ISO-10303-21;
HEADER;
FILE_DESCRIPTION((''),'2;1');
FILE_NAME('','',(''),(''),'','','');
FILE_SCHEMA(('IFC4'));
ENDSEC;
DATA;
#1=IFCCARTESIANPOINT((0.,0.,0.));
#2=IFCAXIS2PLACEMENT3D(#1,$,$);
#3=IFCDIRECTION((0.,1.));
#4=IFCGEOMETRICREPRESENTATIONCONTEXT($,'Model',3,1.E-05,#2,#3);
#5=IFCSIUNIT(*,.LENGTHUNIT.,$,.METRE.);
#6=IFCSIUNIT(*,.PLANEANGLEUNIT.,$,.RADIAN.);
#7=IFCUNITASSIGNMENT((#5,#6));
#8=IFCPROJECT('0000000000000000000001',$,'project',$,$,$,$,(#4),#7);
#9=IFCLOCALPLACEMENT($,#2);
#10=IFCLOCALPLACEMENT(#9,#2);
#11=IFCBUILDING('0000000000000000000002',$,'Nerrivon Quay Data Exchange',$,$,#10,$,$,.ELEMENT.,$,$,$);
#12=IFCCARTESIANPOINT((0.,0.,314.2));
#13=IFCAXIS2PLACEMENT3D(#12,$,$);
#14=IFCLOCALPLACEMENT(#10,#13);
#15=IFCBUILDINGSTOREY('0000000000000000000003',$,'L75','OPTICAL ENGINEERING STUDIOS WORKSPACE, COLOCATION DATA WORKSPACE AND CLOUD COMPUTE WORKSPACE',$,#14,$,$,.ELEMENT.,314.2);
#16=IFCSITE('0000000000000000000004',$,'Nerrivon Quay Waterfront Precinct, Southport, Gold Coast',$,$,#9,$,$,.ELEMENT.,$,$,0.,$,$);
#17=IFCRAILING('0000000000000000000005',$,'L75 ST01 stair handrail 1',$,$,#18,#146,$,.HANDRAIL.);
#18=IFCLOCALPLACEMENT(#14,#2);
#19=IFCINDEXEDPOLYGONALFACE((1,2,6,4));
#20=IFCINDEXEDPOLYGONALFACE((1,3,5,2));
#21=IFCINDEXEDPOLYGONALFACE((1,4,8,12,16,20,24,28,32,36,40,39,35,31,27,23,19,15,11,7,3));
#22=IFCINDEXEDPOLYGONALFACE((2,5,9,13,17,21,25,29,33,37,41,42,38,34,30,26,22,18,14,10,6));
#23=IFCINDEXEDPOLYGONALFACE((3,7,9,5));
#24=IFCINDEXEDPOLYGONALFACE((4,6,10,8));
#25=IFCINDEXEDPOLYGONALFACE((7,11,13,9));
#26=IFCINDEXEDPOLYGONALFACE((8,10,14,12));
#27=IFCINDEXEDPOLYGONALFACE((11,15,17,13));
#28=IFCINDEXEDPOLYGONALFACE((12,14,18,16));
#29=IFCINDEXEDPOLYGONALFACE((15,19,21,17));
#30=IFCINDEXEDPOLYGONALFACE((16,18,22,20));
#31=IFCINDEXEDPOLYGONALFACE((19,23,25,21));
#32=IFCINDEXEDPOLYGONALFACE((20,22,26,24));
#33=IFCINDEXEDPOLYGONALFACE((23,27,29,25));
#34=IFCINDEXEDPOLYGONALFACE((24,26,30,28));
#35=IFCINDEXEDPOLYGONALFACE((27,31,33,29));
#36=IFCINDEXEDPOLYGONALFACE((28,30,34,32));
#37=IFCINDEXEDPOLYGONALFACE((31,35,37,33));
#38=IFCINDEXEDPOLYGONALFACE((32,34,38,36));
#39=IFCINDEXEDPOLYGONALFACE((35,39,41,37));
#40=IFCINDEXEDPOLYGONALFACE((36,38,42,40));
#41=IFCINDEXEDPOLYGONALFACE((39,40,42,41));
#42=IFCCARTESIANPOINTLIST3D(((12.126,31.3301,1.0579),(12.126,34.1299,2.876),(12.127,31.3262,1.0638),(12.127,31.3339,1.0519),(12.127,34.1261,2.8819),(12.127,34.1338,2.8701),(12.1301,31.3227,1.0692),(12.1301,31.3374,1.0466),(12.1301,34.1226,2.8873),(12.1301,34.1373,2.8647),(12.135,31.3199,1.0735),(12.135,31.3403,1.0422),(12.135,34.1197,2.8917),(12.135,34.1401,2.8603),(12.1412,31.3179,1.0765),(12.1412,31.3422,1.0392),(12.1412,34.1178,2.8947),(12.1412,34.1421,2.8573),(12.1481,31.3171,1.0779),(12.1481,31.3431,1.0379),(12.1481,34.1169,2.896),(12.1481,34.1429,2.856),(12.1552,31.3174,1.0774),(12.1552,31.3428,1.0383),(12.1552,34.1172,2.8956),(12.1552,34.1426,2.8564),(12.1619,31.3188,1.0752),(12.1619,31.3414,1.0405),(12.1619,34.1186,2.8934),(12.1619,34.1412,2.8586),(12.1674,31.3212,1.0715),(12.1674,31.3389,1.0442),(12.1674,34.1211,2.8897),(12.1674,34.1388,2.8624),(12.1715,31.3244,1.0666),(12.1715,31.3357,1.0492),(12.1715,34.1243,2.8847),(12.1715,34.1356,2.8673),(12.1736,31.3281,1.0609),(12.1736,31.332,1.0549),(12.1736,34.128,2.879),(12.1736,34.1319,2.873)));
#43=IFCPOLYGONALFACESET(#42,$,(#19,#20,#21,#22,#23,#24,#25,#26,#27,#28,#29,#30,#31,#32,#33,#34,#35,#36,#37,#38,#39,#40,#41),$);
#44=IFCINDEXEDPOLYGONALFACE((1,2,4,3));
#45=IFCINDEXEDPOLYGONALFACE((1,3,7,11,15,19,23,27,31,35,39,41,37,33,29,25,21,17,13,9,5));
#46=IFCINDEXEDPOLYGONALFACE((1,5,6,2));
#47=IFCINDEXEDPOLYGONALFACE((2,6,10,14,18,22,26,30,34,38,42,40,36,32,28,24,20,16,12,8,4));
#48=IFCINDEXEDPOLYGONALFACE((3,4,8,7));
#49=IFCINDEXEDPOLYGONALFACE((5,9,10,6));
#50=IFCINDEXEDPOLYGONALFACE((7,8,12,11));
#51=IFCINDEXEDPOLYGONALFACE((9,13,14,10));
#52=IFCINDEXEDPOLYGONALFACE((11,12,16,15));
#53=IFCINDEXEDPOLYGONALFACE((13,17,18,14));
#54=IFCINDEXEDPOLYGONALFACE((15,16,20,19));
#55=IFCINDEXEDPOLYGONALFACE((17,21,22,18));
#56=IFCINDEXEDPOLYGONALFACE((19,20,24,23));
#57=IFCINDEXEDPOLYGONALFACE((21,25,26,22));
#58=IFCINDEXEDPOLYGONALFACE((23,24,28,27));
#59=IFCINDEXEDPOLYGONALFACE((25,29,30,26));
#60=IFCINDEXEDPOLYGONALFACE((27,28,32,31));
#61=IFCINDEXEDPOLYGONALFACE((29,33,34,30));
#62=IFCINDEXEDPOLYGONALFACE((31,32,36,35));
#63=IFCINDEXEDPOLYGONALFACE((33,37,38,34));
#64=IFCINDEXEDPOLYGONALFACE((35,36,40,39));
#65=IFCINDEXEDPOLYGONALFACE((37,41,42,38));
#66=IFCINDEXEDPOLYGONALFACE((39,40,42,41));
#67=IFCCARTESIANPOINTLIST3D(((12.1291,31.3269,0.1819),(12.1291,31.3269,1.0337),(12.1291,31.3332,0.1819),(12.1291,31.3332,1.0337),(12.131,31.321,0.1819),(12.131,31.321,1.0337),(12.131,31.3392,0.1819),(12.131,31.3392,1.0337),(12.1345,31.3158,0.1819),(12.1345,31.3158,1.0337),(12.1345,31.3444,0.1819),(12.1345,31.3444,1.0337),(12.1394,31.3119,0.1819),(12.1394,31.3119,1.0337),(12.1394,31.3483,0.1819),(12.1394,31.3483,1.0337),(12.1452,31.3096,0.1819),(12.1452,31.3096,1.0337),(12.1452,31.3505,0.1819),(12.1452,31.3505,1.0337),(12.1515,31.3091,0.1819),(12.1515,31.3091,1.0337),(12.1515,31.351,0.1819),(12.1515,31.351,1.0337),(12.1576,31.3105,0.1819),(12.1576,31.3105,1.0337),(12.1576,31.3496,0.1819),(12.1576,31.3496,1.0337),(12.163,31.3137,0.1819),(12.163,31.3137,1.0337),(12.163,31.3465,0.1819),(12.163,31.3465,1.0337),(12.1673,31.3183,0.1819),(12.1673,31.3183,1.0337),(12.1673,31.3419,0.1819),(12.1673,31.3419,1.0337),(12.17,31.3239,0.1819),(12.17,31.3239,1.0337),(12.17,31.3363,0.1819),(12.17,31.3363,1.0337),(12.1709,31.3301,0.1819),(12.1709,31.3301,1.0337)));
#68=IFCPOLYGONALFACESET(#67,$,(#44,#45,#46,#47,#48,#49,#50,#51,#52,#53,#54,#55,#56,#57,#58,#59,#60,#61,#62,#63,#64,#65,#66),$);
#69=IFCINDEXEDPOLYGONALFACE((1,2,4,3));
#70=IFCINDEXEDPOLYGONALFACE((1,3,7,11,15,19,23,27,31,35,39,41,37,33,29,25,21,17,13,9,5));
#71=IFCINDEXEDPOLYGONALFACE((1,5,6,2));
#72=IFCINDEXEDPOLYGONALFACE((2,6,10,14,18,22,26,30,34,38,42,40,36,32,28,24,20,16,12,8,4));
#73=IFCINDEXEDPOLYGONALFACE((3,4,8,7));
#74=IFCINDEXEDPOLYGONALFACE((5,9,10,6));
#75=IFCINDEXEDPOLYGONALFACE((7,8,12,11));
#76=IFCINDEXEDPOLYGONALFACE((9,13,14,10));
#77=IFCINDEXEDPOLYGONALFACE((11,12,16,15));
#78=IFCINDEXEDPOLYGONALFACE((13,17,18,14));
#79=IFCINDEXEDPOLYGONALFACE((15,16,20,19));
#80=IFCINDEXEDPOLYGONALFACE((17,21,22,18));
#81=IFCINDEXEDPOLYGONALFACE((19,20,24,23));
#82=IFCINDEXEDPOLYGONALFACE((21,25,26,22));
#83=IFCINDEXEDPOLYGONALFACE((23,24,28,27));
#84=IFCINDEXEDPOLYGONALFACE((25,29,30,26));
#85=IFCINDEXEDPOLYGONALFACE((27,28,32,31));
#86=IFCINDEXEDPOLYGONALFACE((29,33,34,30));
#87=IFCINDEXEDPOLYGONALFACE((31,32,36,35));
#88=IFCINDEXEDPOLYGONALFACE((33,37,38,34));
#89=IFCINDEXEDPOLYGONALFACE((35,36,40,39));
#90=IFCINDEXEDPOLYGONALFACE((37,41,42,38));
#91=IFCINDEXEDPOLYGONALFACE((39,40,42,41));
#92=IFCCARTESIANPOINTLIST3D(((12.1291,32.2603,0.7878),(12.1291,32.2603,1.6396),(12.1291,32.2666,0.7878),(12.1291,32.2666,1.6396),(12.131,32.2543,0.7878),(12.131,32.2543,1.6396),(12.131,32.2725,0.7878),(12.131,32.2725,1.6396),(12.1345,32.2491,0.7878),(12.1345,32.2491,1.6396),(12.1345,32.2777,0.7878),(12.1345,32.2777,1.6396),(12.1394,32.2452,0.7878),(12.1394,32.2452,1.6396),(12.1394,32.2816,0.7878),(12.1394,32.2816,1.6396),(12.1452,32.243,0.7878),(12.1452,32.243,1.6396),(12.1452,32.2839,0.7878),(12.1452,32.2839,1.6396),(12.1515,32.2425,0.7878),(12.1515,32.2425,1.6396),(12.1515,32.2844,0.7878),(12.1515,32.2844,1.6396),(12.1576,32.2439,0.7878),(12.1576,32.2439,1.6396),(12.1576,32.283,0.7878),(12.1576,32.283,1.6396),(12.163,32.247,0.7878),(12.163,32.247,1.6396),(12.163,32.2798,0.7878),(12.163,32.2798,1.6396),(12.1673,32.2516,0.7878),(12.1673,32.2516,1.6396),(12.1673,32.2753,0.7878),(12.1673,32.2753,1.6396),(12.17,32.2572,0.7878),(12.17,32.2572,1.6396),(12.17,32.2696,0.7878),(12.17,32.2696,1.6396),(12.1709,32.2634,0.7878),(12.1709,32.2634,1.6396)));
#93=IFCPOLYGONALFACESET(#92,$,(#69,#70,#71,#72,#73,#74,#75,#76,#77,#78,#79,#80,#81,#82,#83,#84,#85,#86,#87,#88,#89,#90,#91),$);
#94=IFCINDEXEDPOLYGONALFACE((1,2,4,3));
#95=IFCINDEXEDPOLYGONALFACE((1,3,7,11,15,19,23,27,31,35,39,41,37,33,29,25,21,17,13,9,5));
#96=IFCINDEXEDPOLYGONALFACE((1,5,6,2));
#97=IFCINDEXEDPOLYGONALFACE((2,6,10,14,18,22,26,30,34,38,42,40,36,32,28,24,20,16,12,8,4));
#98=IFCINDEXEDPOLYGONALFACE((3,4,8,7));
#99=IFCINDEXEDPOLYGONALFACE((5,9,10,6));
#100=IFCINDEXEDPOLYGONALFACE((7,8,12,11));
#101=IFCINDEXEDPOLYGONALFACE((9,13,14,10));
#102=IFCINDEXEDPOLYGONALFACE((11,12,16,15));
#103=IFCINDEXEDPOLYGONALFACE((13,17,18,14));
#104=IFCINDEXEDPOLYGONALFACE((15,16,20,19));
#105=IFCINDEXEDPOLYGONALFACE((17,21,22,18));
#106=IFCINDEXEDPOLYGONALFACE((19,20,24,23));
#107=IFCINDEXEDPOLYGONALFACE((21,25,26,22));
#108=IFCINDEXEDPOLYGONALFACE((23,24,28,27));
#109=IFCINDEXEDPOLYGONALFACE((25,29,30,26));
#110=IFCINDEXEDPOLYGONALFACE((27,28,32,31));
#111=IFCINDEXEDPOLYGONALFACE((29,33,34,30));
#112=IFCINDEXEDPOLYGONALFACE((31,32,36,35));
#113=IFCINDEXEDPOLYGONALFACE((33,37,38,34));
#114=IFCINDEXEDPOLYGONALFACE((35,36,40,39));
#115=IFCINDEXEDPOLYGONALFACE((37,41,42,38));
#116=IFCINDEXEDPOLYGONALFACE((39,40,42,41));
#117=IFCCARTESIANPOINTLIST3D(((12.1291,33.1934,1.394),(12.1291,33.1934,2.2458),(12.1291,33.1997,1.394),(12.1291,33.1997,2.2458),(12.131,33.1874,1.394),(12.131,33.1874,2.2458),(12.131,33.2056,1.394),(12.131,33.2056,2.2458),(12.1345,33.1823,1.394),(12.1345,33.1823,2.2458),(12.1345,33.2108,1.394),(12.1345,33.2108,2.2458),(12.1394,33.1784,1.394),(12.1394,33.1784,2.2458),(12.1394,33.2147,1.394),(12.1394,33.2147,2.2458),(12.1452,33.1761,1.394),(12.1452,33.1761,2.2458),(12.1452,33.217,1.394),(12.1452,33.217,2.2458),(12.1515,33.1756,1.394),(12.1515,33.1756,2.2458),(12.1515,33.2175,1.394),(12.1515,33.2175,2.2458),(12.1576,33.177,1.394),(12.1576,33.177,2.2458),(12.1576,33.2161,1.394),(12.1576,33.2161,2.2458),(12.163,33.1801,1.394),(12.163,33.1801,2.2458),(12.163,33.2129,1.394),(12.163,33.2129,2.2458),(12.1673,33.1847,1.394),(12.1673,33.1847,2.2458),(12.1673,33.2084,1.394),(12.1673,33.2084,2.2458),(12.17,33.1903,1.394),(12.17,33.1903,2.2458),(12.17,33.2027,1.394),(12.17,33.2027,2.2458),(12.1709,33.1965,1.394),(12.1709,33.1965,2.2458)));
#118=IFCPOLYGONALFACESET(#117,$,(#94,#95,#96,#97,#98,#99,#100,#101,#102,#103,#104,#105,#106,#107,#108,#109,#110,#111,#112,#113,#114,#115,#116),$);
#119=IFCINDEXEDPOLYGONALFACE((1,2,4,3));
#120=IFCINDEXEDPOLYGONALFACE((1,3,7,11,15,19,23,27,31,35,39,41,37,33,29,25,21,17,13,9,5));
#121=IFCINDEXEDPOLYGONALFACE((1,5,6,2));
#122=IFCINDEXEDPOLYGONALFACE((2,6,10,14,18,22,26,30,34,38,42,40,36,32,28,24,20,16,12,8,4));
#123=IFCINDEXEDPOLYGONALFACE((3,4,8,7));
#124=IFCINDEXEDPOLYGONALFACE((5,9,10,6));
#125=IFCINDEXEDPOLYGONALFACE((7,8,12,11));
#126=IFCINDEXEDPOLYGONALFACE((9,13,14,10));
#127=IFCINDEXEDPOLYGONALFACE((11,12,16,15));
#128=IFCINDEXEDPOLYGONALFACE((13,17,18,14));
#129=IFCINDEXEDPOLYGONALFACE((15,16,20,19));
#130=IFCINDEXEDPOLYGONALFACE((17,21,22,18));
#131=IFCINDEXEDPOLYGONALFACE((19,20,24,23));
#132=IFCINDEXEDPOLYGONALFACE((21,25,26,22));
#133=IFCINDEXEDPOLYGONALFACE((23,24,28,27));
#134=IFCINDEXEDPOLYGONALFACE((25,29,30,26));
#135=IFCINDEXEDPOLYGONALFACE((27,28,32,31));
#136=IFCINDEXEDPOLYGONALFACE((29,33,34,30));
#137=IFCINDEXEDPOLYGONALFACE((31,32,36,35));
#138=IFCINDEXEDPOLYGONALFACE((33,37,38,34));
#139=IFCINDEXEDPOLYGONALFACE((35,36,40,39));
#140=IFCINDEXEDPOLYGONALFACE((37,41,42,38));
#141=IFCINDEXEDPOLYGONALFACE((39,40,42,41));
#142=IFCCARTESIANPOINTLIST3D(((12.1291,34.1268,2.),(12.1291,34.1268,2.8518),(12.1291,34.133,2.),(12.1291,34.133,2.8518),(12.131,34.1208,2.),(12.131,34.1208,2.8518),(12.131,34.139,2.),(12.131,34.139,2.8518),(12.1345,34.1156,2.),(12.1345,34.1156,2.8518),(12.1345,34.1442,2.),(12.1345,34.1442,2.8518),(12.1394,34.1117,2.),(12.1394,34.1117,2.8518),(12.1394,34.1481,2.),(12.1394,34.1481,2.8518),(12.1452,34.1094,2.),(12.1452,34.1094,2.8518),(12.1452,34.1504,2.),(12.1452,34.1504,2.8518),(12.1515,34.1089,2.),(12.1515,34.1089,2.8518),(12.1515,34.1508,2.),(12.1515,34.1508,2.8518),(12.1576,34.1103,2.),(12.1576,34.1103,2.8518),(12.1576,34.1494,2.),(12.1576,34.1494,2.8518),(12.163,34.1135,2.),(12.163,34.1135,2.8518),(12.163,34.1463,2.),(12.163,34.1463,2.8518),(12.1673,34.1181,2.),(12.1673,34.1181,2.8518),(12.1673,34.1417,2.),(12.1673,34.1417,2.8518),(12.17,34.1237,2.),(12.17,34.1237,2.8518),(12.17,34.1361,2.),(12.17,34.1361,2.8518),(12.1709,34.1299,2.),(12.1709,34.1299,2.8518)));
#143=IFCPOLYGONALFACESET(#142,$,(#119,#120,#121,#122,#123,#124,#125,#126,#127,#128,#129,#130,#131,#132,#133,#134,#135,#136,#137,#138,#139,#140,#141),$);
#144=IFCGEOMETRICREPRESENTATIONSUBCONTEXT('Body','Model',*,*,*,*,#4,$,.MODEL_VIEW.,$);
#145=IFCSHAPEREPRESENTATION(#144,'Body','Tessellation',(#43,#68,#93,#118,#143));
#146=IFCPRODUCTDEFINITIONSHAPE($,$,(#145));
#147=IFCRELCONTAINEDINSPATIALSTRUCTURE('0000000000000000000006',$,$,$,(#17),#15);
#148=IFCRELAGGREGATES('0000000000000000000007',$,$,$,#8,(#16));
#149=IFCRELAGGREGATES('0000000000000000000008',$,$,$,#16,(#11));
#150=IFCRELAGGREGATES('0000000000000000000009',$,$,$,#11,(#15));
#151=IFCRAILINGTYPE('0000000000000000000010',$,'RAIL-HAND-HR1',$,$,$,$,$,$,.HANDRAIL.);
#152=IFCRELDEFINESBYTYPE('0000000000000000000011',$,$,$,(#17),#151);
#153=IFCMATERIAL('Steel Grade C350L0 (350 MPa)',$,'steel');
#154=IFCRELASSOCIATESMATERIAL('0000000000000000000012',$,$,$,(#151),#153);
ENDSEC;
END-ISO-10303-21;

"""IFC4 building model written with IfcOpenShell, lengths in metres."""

from ifc_helpers import new_model, si_unit, direction, frame, origin, origin_2d, place, context, subcontext, project, spatial, circle, extrude, material, type_object, element, save


model = new_model("IFC4")

# Units and contexts
model_context = context("Model", 3, precision=1e-05, world=origin(), true_north=direction((0.0, 1.0)))
body_context = subcontext(model_context, "Body", "Model", "MODEL_VIEW")
ifc_project = project(units=[si_unit("LENGTHUNIT", "METRE"), si_unit("PLANEANGLEUNIT", "RADIAN")], contexts=[model_context])

# Site, building, storey
site_placement = place(None, origin())
site = spatial("IfcSite", under=ifc_project, at=site_placement, Name="Nerrivon Quay Waterfront Precinct, Southport, Gold Coast", CompositionType="ELEMENT", RefElevation=0.0)
building_placement = place(site_placement, origin())
building = spatial("IfcBuilding", under=site, at=building_placement, Name="Nerrivon Quay Data Exchange", CompositionType="ELEMENT")
storey_placement = place(building_placement, frame((0.0, 0.0, 314.2)))
storey = spatial("IfcBuildingStorey", under=building, at=storey_placement, Name="L75", Description="OPTICAL ENGINEERING STUDIOS WORKSPACE, COLOCATION DATA WORKSPACE AND CLOUD COMPUTE WORKSPACE", CompositionType="ELEMENT", Elevation=314.2)

# Shared definitions
ifc_material_1 = material(Name="Steel Grade C350L0 (350 MPa)", Category="steel")

# Railing
railing_type_1 = type_object("IfcRailingType", Name="RAIL-HAND-HR1", PredefinedType="HANDRAIL", material=ifc_material_1)
railing_1_placement = place(storey_placement, frame((12.1499, 31.3301, 0.1819)))
element("IfcRailing", 1, at=railing_1_placement, inside=storey, type_object=railing_type_1, Name="L75 ST01 stair handrail 1", PredefinedType="HANDRAIL", context=body_context, shape_type="SweptSolid", body=[
    extrude(circle(Radius=0.0239, at=origin_2d()), frame((0.0, 0.0, 0.876), z_axis=(0.0, 0.838684, 0.544618), x_axis=(-1.0, 0.0, 0.0)), (0.0, 0.0, 1.0), 3.3384),
    extrude(circle(Radius=0.021, at=origin_2d()), origin(), (0.0, 0.0, 1.0), 0.8518),
    extrude(circle(Radius=0.021, at=origin_2d()), frame((0.0, 0.9333, 0.606)), (0.0, 0.0, 1.0), 0.8518),
    extrude(circle(Radius=0.021, at=origin_2d()), frame((0.0, 1.8665, 1.2122)), (0.0, 0.0, 1.0), 0.8518),
    extrude(circle(Radius=0.021, at=origin_2d()), frame((0.0, 2.7998, 1.8181)), (0.0, 0.0, 1.0), 0.8518),
])

save(model, "model.ifc")
